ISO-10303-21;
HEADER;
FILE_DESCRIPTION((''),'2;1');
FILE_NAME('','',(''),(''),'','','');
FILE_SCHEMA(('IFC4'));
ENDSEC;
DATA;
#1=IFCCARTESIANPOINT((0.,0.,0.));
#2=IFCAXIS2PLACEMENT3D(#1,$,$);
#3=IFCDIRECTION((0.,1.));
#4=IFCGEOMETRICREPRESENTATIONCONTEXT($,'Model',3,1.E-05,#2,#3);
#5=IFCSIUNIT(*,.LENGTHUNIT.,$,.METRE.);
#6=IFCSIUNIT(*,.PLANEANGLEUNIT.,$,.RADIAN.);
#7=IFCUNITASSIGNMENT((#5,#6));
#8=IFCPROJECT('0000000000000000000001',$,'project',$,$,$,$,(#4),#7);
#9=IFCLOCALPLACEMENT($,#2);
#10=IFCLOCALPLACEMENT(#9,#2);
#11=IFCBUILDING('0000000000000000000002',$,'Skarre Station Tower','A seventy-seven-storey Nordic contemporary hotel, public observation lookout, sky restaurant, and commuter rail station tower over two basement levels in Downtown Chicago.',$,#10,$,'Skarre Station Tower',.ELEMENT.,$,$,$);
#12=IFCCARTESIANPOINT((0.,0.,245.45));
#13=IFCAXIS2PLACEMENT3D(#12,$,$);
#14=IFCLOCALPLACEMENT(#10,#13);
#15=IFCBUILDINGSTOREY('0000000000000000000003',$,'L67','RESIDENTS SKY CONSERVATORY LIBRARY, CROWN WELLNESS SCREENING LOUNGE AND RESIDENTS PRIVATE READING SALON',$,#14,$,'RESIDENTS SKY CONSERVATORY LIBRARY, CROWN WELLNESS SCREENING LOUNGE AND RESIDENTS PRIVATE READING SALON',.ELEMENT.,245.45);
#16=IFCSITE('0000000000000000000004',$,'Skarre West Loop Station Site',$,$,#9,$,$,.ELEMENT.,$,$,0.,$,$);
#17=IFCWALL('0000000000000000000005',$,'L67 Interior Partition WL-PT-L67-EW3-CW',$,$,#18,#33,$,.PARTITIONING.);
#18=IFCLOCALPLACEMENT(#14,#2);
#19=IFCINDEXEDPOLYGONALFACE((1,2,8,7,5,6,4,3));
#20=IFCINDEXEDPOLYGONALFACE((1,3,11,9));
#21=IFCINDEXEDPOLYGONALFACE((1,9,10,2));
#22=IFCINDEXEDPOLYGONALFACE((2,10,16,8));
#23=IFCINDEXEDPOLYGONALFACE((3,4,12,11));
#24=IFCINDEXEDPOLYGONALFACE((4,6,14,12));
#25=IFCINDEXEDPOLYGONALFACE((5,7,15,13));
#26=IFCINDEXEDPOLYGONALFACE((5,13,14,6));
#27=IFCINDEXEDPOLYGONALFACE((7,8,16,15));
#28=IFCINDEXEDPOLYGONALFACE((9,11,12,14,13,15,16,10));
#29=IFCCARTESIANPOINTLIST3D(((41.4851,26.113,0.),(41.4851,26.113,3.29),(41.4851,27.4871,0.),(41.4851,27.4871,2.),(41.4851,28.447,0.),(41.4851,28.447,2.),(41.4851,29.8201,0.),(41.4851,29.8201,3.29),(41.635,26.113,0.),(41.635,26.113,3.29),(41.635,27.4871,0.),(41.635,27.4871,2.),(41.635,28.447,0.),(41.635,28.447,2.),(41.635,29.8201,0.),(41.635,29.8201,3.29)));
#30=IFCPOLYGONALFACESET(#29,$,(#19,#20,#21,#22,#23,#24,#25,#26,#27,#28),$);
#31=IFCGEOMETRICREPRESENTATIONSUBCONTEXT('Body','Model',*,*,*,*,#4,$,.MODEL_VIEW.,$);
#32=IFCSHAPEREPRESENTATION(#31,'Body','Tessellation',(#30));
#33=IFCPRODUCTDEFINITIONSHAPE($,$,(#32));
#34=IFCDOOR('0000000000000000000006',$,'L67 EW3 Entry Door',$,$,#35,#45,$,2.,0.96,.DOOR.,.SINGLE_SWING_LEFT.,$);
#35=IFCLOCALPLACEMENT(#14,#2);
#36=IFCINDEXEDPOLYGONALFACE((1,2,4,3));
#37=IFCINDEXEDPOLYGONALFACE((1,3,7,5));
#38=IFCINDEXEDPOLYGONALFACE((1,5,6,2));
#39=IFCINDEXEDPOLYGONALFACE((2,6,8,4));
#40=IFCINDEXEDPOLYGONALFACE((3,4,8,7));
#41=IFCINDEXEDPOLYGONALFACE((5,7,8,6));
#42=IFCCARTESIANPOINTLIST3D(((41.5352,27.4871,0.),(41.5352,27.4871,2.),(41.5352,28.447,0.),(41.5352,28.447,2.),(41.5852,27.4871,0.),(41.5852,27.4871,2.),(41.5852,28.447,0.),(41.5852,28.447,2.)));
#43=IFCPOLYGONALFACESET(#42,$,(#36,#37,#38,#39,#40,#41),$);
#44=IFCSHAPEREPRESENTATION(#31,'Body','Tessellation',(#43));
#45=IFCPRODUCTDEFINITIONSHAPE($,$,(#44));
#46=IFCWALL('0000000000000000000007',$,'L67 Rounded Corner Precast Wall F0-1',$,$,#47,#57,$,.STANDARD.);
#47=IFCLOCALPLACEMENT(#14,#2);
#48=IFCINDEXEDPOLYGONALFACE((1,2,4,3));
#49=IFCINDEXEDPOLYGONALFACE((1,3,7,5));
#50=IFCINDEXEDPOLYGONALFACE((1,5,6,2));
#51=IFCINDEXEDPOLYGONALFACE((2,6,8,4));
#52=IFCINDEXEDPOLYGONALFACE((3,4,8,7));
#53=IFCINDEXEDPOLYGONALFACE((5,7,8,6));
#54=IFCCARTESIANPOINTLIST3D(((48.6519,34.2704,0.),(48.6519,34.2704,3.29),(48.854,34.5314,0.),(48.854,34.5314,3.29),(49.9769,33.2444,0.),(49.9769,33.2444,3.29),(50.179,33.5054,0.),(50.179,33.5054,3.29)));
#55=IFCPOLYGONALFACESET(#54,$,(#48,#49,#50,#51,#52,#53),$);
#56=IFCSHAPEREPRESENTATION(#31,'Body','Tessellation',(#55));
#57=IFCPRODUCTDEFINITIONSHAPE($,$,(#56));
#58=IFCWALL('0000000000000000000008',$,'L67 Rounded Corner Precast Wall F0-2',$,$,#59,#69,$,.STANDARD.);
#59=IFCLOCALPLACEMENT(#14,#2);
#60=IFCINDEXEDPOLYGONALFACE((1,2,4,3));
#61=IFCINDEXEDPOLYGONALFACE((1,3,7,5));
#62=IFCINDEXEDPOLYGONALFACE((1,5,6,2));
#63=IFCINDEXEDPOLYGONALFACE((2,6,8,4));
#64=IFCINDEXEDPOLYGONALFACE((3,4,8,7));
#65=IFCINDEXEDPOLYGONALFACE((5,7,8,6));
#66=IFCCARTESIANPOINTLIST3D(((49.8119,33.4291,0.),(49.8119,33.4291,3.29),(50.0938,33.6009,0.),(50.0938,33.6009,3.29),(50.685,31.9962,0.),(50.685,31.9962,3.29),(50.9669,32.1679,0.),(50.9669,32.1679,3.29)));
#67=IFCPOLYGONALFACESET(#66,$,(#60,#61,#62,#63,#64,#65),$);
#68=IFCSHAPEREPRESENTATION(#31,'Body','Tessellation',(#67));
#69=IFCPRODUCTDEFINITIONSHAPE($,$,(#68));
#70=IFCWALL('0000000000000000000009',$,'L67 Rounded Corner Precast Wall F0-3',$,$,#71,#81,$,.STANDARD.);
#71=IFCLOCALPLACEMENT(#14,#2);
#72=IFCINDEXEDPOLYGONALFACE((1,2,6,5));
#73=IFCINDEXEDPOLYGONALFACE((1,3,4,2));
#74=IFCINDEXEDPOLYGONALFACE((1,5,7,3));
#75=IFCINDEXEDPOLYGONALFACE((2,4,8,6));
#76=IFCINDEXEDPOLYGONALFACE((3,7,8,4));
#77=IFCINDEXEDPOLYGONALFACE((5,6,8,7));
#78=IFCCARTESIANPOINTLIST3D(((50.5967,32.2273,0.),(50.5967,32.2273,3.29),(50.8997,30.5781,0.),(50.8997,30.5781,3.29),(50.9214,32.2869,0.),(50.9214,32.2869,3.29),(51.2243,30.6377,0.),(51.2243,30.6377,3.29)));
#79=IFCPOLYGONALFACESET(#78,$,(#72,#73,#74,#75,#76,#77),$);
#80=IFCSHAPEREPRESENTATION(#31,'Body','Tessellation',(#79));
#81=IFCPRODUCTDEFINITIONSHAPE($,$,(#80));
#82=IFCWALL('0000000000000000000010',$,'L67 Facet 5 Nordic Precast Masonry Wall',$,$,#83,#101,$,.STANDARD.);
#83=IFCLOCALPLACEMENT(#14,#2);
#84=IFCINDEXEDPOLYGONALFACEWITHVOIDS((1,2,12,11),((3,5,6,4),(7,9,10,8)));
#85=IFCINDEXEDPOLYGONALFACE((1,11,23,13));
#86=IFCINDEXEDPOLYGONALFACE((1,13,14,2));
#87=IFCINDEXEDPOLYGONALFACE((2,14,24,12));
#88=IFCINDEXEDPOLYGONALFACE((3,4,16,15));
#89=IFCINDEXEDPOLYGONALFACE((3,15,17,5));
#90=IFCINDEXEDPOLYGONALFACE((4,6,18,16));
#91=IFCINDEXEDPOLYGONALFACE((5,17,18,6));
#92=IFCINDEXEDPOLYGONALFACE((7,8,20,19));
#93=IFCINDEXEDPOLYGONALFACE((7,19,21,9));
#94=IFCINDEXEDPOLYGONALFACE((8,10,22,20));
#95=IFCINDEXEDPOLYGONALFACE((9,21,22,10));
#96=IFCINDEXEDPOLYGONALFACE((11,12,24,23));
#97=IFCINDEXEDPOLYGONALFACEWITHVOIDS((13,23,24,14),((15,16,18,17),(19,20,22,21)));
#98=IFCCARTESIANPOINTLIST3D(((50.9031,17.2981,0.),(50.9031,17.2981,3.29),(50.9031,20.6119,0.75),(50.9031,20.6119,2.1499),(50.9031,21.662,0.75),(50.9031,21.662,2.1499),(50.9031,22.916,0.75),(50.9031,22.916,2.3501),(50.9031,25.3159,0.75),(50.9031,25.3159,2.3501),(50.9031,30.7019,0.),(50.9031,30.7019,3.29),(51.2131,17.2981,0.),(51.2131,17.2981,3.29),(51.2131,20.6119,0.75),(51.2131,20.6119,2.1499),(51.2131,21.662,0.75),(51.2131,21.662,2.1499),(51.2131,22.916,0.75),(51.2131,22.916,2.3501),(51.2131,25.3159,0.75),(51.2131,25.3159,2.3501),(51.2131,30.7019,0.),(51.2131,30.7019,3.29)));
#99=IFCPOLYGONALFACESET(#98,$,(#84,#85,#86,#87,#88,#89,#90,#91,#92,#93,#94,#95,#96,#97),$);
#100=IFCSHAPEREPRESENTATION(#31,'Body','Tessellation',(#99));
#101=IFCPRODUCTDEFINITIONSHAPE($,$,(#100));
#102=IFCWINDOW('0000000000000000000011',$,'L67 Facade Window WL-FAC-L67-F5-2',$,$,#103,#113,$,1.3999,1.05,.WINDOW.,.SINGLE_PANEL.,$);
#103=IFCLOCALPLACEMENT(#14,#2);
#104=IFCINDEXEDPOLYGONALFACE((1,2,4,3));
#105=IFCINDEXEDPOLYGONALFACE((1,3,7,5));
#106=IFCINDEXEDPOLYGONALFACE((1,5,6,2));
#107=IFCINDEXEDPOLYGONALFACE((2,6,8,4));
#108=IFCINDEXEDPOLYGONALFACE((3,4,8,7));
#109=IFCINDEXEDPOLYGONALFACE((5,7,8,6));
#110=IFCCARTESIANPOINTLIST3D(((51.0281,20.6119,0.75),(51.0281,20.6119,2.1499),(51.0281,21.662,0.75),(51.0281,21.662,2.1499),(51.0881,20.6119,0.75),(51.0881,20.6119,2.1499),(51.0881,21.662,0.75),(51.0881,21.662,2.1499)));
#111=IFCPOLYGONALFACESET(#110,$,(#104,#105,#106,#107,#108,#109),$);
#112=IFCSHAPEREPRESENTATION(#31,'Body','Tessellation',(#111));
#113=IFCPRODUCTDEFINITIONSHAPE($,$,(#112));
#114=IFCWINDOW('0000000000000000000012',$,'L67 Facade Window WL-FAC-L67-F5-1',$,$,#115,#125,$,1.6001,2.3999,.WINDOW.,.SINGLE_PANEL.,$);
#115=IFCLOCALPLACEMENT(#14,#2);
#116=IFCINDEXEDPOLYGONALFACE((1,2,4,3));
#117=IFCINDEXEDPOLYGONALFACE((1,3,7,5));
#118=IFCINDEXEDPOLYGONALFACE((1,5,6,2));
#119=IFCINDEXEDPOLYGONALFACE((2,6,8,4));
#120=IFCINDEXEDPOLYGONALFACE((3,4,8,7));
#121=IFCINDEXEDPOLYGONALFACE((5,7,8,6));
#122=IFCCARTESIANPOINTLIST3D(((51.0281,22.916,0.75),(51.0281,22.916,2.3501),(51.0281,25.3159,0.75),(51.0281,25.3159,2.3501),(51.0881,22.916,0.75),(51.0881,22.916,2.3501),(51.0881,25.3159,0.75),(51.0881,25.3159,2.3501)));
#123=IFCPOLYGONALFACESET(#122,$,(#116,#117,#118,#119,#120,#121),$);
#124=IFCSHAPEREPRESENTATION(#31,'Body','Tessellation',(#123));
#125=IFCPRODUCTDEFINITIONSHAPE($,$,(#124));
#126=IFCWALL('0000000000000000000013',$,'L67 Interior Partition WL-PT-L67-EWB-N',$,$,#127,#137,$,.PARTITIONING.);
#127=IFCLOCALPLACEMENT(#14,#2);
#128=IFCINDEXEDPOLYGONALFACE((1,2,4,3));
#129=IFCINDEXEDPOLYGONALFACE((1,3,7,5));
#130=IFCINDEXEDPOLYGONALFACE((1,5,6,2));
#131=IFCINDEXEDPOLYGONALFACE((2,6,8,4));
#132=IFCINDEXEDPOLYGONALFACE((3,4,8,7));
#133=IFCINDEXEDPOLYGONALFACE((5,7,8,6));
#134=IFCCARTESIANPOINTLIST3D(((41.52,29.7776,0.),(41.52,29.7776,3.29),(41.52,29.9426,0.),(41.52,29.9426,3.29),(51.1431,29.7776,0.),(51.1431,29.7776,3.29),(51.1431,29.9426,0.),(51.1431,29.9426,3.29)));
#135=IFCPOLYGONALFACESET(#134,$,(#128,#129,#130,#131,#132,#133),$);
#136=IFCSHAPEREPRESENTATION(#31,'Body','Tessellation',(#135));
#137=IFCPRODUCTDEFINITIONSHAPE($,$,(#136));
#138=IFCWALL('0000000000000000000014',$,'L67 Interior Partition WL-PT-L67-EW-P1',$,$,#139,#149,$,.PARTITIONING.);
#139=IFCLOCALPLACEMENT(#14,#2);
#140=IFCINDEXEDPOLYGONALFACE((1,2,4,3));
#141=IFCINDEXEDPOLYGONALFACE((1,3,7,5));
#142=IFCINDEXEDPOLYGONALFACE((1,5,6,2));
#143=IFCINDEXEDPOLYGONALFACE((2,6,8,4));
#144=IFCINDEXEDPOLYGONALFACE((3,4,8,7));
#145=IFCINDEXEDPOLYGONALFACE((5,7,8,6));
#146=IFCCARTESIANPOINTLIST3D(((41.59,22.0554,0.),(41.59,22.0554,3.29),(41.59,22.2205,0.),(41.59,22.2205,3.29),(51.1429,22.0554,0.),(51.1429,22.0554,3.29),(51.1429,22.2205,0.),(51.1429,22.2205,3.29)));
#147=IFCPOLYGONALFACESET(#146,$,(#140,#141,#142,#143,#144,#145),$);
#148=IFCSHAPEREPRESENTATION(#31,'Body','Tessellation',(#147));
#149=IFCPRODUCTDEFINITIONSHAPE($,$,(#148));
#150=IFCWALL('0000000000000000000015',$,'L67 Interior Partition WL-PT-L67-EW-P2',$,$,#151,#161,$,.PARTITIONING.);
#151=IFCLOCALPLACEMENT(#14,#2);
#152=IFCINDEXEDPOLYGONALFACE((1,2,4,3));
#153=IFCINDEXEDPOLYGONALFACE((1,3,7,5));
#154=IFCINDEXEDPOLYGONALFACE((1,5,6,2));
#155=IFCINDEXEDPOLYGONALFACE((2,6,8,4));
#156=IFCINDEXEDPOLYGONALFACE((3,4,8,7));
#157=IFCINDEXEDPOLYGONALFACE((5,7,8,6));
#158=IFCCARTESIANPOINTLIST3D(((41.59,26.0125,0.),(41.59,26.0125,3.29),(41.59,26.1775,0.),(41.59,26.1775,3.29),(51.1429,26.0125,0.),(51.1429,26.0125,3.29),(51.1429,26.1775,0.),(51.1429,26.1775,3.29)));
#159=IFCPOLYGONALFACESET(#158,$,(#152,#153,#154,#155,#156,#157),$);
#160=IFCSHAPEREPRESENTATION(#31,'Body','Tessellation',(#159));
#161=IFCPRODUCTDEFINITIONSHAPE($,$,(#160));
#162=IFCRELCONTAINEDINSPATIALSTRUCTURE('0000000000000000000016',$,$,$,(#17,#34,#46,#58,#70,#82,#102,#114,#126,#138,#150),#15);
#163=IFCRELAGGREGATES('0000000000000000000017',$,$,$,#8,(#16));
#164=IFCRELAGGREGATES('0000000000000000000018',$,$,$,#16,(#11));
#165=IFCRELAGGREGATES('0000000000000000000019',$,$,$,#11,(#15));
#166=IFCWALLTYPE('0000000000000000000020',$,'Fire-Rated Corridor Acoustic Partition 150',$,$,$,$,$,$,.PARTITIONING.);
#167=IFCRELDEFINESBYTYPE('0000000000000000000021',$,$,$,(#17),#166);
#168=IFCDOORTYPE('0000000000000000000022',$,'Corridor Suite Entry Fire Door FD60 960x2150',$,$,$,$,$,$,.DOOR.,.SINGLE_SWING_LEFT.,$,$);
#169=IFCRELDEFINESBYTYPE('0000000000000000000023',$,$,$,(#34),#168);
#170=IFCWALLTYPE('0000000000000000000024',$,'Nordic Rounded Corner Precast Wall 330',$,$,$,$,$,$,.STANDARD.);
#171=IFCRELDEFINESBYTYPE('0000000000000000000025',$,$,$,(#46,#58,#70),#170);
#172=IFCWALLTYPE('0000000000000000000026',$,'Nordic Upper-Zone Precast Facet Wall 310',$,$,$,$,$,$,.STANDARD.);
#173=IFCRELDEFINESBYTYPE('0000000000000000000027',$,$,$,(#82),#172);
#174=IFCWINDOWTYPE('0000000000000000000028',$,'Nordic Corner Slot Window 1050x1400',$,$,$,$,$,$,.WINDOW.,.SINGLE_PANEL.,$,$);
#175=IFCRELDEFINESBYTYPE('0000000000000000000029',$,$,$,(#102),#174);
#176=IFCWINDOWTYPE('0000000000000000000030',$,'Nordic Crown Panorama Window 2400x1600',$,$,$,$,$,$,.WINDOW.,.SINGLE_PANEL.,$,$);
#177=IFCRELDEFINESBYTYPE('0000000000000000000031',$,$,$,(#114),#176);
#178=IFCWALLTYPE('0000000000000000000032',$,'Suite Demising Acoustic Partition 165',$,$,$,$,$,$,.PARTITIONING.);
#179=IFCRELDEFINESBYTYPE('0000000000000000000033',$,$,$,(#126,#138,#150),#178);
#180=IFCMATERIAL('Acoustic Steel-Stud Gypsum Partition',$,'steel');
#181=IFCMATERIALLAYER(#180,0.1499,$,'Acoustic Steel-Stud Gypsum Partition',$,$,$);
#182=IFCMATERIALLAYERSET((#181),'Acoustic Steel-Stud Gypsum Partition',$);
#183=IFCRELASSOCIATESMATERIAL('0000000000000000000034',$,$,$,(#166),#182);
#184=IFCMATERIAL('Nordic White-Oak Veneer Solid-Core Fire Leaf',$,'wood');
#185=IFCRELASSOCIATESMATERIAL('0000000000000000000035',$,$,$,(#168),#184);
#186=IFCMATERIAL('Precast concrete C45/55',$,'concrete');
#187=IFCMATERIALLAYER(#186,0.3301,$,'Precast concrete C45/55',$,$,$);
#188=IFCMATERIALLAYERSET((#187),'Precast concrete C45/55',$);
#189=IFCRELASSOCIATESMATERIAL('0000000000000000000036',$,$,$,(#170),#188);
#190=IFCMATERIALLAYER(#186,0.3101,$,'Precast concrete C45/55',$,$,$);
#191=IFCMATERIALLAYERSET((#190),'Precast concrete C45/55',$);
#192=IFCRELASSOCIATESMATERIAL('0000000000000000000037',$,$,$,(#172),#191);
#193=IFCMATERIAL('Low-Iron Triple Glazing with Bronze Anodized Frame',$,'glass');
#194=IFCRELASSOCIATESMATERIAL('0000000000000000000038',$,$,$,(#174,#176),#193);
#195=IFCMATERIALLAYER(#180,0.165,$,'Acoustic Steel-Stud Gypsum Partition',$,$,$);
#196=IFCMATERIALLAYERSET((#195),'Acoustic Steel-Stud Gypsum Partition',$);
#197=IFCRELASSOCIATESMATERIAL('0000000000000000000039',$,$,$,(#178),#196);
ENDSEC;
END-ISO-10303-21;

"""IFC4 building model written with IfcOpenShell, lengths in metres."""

from ifc_helpers import new_model, si_unit, direction, frame, frame_2d, origin, place, context, subcontext, project, spatial, rectangle, extrude, material, layer, layer_set, type_object, element, fill, save


model = new_model("IFC4")

# Units and contexts
model_context = context("Model", 3, precision=1e-05, world=origin(), true_north=direction((0.0, 1.0)))
body_context = subcontext(model_context, "Body", "Model", "MODEL_VIEW")
ifc_project = project(units=[si_unit("LENGTHUNIT", "METRE"), si_unit("PLANEANGLEUNIT", "RADIAN")], contexts=[model_context])

# Site, building, storey
site_placement = place(None, origin())
site = spatial("IfcSite", under=ifc_project, at=site_placement, Name="Skarre West Loop Station Site", CompositionType="ELEMENT", RefElevation=0.0)
building_placement = place(site_placement, origin())
building = spatial("IfcBuilding", under=site, at=building_placement, Name="Skarre Station Tower", Description="A seventy-seven-storey Nordic contemporary hotel, public observation lookout, sky restaurant, and commuter rail station tower over two basement levels in Downtown Chicago.", LongName="Skarre Station Tower", CompositionType="ELEMENT")
storey_placement = place(building_placement, frame((0.0, 0.0, 245.45)))
storey = spatial("IfcBuildingStorey", under=building, at=storey_placement, Name="L67", Description="RESIDENTS SKY CONSERVATORY LIBRARY, CROWN WELLNESS SCREENING LOUNGE AND RESIDENTS PRIVATE READING SALON", LongName="RESIDENTS SKY CONSERVATORY LIBRARY, CROWN WELLNESS SCREENING LOUNGE AND RESIDENTS PRIVATE READING SALON", CompositionType="ELEMENT", Elevation=245.45)

# Shared definitions
ifc_material_1 = material(Name="Acoustic Steel-Stud Gypsum Partition", Category="steel")
ifc_layer_1 = layer(ifc_material_1, 0.1499, Name="Acoustic Steel-Stud Gypsum Partition")
ifc_layer_set_1 = layer_set([ifc_layer_1], Name="Acoustic Steel-Stud Gypsum Partition")
wall_type_1 = type_object("IfcWallType", Name="Fire-Rated Corridor Acoustic Partition 150", PredefinedType="PARTITIONING", material=ifc_layer_set_1)

# Wall, opening, door
ifc_material_2 = material(Name="Nordic White-Oak Veneer Solid-Core Fire Leaf", Category="wood")
door_type = type_object("IfcDoorType", Name="Corridor Suite Entry Fire Door FD60 960x2150", OperationType="SINGLE_SWING_LEFT", PredefinedType="DOOR", material=ifc_material_2)
wall_1_placement = place(storey_placement, frame((41.5601, 26.113, 0.0), z_axis=(0.0, 0.0, 1.0), x_axis=(0.0, 1.0, 0.0)))
wall_1 = element("IfcWall", 1, at=wall_1_placement, inside=storey, type_object=wall_type_1, Name="L67 Interior Partition WL-PT-L67-EW3-CW", PredefinedType="PARTITIONING", context=body_context, shape_type="SweptSolid", body=[
    extrude(rectangle(XDim=3.707, YDim=0.1499, at=frame_2d((1.8535, 0.0))), origin(), (0.0, 0.0, 1.0), 3.29),
])
opening_1_placement = place(wall_1_placement, frame((1.374, 0.0, 0.0)))
opening_1 = element("IfcOpeningElement", 2, at=opening_1_placement, cuts=wall_1, PredefinedType="OPENING", context=body_context, shape_type="SweptSolid", body=[
    extrude(rectangle(XDim=0.96, YDim=2.0, at=frame_2d((0.48, 1.0))), frame((0.0, 0.085, 0.0), z_axis=(0.0, -1.0, 0.0), x_axis=(1.0, 0.0, 0.0)), (0.0, 0.0, 1.0), 0.1699),
])
door_1_placement = place(opening_1_placement, origin())
door_1 = element("IfcDoor", 3, at=door_1_placement, inside=storey, type_object=door_type, Name="L67 EW3 Entry Door", OperationType="SINGLE_SWING_LEFT", OverallHeight=2.0, OverallWidth=0.96, PredefinedType="DOOR", context=body_context, shape_type="SweptSolid", body=[
    extrude(rectangle(XDim=0.96, YDim=2.0, at=frame_2d((0.48, 1.0))), frame((0.0, 0.0249, 0.0), z_axis=(0.0, -1.0, 0.0), x_axis=(1.0, 0.0, 0.0)), (0.0, 0.0, 1.0), 0.05),
])
fill(opening_1, door_1)

# Walls
ifc_material_3 = material(Name="Precast concrete C45/55", Category="concrete")
ifc_layer_2 = layer(ifc_material_3, 0.3301, Name="Precast concrete C45/55")
ifc_layer_set_2 = layer_set([ifc_layer_2], Name="Precast concrete C45/55")
wall_type_2 = type_object("IfcWallType", Name="Nordic Rounded Corner Precast Wall 330", PredefinedType="STANDARD", material=ifc_layer_set_2)
wall_2_placement = place(storey_placement, frame((48.7529, 34.4009, 0.0), z_axis=(0.0, 0.0, 1.0), x_axis=(0.790692, -0.612214, 0.0)))
element("IfcWall", 4, at=wall_2_placement, inside=storey, type_object=wall_type_2, Name="L67 Rounded Corner Precast Wall F0-1", PredefinedType="STANDARD", context=body_context, shape_type="SweptSolid", body=[
    extrude(rectangle(XDim=1.6758, YDim=0.3301, at=frame_2d((0.8379, 0.0))), origin(), (0.0, 0.0, 1.0), 3.29),
])
wall_3_placement = place(storey_placement, frame((49.9529, 33.5149, 0.0), z_axis=(0.0, 0.0, 1.0), x_axis=(0.520325, -0.853968, 0.0)))
element("IfcWall", 5, at=wall_3_placement, inside=storey, type_object=wall_type_2, Name="L67 Rounded Corner Precast Wall F0-2", PredefinedType="STANDARD", context=body_context, shape_type="SweptSolid", body=[
    extrude(rectangle(XDim=1.678, YDim=0.3301, at=frame_2d((0.8389, 0.0))), origin(), (0.0, 0.0, 1.0), 3.29),
])
wall_4_placement = place(storey_placement, frame((50.759, 32.2571, 0.0), z_axis=(0.0, 0.0, 1.0), x_axis=(0.180692, -0.98354, 0.0)))
element("IfcWall", 6, at=wall_4_placement, inside=storey, type_object=wall_type_2, Name="L67 Rounded Corner Precast Wall F0-3", PredefinedType="STANDARD", context=body_context, shape_type="SweptSolid", body=[
    extrude(rectangle(XDim=1.6768, YDim=0.3301, at=frame_2d((0.8384, 0.0))), origin(), (0.0, 0.0, 1.0), 3.29),
])

# Wall, openings, windows
ifc_layer_3 = layer(ifc_material_3, 0.3101, Name="Precast concrete C45/55")
ifc_layer_set_3 = layer_set([ifc_layer_3], Name="Precast concrete C45/55")
wall_type_3 = type_object("IfcWallType", Name="Nordic Upper-Zone Precast Facet Wall 310", PredefinedType="STANDARD", material=ifc_layer_set_3)
wall_5_placement = place(storey_placement, frame((51.0581, 30.7019, 0.0), z_axis=(0.0, 0.0, 1.0), x_axis=(0.0, -1.0, 0.0)))
wall_5 = element("IfcWall", 7, at=wall_5_placement, inside=storey, type_object=wall_type_3, Name="L67 Facet 5 Nordic Precast Masonry Wall", PredefinedType="STANDARD", context=body_context, shape_type="SweptSolid", body=[
    extrude(rectangle(XDim=13.4038, YDim=0.3101, at=frame_2d((6.7019, 0.0))), origin(), (0.0, 0.0, 1.0), 3.29),
])
opening_2_placement = place(wall_5_placement, frame((5.386, 0.0, 0.75)))
opening_2 = element("IfcOpeningElement", 8, at=opening_2_placement, cuts=wall_5, PredefinedType="OPENING", context=body_context, shape_type="SweptSolid", body=[
    extrude(rectangle(XDim=2.3999, YDim=1.6001, at=frame_2d((1.2, 0.8))), frame((0.0, 0.165, 0.0), z_axis=(0.0, -1.0, 0.0), x_axis=(1.0, 0.0, 0.0)), (0.0, 0.0, 1.0), 0.3301),
])
opening_3_placement = place(wall_5_placement, frame((9.04, 0.0, 0.75)))
opening_3 = element("IfcOpeningElement", 9, at=opening_3_placement, cuts=wall_5, PredefinedType="OPENING", context=body_context, shape_type="SweptSolid", body=[
    extrude(rectangle(XDim=1.05, YDim=1.3999, at=frame_2d((0.5249, 0.7))), frame((0.0, 0.165, 0.0), z_axis=(0.0, -1.0, 0.0), x_axis=(1.0, 0.0, 0.0)), (0.0, 0.0, 1.0), 0.3301),
])
ifc_material_4 = material(Name="Low-Iron Triple Glazing with Bronze Anodized Frame", Category="glass")
window_type_1 = type_object("IfcWindowType", Name="Nordic Corner Slot Window 1050x1400", PartitioningType="SINGLE_PANEL", PredefinedType="WINDOW", material=ifc_material_4)
window_1_placement = place(opening_3_placement, origin())
window_1 = element("IfcWindow", 10, at=window_1_placement, inside=storey, type_object=window_type_1, Name="L67 Facade Window WL-FAC-L67-F5-2", OverallHeight=1.3999, OverallWidth=1.05, PartitioningType="SINGLE_PANEL", PredefinedType="WINDOW", context=body_context, shape_type="SweptSolid", body=[
    extrude(rectangle(XDim=1.05, YDim=1.3999, at=frame_2d((0.5249, 0.7))), frame((0.0, 0.03, 0.0), z_axis=(0.0, -1.0, 0.0), x_axis=(1.0, 0.0, 0.0)), (0.0, 0.0, 1.0), 0.0601),
])
fill(opening_3, window_1)
window_type_2 = type_object("IfcWindowType", Name="Nordic Crown Panorama Window 2400x1600", PartitioningType="SINGLE_PANEL", PredefinedType="WINDOW", material=ifc_material_4)
window_2_placement = place(opening_2_placement, origin())
window_2 = element("IfcWindow", 11, at=window_2_placement, inside=storey, type_object=window_type_2, Name="L67 Facade Window WL-FAC-L67-F5-1", OverallHeight=1.6001, OverallWidth=2.3999, PartitioningType="SINGLE_PANEL", PredefinedType="WINDOW", context=body_context, shape_type="SweptSolid", body=[
    extrude(rectangle(XDim=2.3999, YDim=1.6001, at=frame_2d((1.2, 0.8))), frame((0.0, 0.03, 0.0), z_axis=(0.0, -1.0, 0.0), x_axis=(1.0, 0.0, 0.0)), (0.0, 0.0, 1.0), 0.0601),
])
fill(opening_2, window_2)

# Walls
ifc_layer_4 = layer(ifc_material_1, 0.165, Name="Acoustic Steel-Stud Gypsum Partition")
ifc_layer_set_4 = layer_set([ifc_layer_4], Name="Acoustic Steel-Stud Gypsum Partition")
wall_type_4 = type_object("IfcWallType", Name="Suite Demising Acoustic Partition 165", PredefinedType="PARTITIONING", material=ifc_layer_set_4)
wall_6_placement = place(storey_placement, frame((41.52, 29.8601, 0.0), z_axis=(0.0, 0.0, 1.0), x_axis=(1.0, 0.0, 0.0)))
element("IfcWall", 12, at=wall_6_placement, inside=storey, type_object=wall_type_4, Name="L67 Interior Partition WL-PT-L67-EWB-N", PredefinedType="PARTITIONING", context=body_context, shape_type="SweptSolid", body=[
    extrude(rectangle(XDim=9.623, YDim=0.165, at=frame_2d((4.8115, 0.0))), origin(), (0.0, 0.0, 1.0), 3.29),
])
for number, where, z_axis, x_axis, name in (
    (13, (41.5901, 22.1379, 0.0), (0.0, 0.0, 1.0), (1.0, 0.0, 0.0), "L67 Interior Partition WL-PT-L67-EW-P1"),
    (14, (41.5901, 26.095, 0.0), (0.0, 0.0, 1.0), (1.0, 0.0, 0.0), "L67 Interior Partition WL-PT-L67-EW-P2"),
):
    element("IfcWall", number, at=place(storey_placement, frame(where, z_axis=z_axis, x_axis=x_axis)), inside=storey, type_object=wall_type_4, Name=name, PredefinedType="PARTITIONING", context=body_context, shape_type="SweptSolid", body=[
        extrude(rectangle(XDim=9.553, YDim=0.165, at=frame_2d((4.7764, 0.0))), origin(), (0.0, 0.0, 1.0), 3.29),
    ])

save(model, "model.ifc")
